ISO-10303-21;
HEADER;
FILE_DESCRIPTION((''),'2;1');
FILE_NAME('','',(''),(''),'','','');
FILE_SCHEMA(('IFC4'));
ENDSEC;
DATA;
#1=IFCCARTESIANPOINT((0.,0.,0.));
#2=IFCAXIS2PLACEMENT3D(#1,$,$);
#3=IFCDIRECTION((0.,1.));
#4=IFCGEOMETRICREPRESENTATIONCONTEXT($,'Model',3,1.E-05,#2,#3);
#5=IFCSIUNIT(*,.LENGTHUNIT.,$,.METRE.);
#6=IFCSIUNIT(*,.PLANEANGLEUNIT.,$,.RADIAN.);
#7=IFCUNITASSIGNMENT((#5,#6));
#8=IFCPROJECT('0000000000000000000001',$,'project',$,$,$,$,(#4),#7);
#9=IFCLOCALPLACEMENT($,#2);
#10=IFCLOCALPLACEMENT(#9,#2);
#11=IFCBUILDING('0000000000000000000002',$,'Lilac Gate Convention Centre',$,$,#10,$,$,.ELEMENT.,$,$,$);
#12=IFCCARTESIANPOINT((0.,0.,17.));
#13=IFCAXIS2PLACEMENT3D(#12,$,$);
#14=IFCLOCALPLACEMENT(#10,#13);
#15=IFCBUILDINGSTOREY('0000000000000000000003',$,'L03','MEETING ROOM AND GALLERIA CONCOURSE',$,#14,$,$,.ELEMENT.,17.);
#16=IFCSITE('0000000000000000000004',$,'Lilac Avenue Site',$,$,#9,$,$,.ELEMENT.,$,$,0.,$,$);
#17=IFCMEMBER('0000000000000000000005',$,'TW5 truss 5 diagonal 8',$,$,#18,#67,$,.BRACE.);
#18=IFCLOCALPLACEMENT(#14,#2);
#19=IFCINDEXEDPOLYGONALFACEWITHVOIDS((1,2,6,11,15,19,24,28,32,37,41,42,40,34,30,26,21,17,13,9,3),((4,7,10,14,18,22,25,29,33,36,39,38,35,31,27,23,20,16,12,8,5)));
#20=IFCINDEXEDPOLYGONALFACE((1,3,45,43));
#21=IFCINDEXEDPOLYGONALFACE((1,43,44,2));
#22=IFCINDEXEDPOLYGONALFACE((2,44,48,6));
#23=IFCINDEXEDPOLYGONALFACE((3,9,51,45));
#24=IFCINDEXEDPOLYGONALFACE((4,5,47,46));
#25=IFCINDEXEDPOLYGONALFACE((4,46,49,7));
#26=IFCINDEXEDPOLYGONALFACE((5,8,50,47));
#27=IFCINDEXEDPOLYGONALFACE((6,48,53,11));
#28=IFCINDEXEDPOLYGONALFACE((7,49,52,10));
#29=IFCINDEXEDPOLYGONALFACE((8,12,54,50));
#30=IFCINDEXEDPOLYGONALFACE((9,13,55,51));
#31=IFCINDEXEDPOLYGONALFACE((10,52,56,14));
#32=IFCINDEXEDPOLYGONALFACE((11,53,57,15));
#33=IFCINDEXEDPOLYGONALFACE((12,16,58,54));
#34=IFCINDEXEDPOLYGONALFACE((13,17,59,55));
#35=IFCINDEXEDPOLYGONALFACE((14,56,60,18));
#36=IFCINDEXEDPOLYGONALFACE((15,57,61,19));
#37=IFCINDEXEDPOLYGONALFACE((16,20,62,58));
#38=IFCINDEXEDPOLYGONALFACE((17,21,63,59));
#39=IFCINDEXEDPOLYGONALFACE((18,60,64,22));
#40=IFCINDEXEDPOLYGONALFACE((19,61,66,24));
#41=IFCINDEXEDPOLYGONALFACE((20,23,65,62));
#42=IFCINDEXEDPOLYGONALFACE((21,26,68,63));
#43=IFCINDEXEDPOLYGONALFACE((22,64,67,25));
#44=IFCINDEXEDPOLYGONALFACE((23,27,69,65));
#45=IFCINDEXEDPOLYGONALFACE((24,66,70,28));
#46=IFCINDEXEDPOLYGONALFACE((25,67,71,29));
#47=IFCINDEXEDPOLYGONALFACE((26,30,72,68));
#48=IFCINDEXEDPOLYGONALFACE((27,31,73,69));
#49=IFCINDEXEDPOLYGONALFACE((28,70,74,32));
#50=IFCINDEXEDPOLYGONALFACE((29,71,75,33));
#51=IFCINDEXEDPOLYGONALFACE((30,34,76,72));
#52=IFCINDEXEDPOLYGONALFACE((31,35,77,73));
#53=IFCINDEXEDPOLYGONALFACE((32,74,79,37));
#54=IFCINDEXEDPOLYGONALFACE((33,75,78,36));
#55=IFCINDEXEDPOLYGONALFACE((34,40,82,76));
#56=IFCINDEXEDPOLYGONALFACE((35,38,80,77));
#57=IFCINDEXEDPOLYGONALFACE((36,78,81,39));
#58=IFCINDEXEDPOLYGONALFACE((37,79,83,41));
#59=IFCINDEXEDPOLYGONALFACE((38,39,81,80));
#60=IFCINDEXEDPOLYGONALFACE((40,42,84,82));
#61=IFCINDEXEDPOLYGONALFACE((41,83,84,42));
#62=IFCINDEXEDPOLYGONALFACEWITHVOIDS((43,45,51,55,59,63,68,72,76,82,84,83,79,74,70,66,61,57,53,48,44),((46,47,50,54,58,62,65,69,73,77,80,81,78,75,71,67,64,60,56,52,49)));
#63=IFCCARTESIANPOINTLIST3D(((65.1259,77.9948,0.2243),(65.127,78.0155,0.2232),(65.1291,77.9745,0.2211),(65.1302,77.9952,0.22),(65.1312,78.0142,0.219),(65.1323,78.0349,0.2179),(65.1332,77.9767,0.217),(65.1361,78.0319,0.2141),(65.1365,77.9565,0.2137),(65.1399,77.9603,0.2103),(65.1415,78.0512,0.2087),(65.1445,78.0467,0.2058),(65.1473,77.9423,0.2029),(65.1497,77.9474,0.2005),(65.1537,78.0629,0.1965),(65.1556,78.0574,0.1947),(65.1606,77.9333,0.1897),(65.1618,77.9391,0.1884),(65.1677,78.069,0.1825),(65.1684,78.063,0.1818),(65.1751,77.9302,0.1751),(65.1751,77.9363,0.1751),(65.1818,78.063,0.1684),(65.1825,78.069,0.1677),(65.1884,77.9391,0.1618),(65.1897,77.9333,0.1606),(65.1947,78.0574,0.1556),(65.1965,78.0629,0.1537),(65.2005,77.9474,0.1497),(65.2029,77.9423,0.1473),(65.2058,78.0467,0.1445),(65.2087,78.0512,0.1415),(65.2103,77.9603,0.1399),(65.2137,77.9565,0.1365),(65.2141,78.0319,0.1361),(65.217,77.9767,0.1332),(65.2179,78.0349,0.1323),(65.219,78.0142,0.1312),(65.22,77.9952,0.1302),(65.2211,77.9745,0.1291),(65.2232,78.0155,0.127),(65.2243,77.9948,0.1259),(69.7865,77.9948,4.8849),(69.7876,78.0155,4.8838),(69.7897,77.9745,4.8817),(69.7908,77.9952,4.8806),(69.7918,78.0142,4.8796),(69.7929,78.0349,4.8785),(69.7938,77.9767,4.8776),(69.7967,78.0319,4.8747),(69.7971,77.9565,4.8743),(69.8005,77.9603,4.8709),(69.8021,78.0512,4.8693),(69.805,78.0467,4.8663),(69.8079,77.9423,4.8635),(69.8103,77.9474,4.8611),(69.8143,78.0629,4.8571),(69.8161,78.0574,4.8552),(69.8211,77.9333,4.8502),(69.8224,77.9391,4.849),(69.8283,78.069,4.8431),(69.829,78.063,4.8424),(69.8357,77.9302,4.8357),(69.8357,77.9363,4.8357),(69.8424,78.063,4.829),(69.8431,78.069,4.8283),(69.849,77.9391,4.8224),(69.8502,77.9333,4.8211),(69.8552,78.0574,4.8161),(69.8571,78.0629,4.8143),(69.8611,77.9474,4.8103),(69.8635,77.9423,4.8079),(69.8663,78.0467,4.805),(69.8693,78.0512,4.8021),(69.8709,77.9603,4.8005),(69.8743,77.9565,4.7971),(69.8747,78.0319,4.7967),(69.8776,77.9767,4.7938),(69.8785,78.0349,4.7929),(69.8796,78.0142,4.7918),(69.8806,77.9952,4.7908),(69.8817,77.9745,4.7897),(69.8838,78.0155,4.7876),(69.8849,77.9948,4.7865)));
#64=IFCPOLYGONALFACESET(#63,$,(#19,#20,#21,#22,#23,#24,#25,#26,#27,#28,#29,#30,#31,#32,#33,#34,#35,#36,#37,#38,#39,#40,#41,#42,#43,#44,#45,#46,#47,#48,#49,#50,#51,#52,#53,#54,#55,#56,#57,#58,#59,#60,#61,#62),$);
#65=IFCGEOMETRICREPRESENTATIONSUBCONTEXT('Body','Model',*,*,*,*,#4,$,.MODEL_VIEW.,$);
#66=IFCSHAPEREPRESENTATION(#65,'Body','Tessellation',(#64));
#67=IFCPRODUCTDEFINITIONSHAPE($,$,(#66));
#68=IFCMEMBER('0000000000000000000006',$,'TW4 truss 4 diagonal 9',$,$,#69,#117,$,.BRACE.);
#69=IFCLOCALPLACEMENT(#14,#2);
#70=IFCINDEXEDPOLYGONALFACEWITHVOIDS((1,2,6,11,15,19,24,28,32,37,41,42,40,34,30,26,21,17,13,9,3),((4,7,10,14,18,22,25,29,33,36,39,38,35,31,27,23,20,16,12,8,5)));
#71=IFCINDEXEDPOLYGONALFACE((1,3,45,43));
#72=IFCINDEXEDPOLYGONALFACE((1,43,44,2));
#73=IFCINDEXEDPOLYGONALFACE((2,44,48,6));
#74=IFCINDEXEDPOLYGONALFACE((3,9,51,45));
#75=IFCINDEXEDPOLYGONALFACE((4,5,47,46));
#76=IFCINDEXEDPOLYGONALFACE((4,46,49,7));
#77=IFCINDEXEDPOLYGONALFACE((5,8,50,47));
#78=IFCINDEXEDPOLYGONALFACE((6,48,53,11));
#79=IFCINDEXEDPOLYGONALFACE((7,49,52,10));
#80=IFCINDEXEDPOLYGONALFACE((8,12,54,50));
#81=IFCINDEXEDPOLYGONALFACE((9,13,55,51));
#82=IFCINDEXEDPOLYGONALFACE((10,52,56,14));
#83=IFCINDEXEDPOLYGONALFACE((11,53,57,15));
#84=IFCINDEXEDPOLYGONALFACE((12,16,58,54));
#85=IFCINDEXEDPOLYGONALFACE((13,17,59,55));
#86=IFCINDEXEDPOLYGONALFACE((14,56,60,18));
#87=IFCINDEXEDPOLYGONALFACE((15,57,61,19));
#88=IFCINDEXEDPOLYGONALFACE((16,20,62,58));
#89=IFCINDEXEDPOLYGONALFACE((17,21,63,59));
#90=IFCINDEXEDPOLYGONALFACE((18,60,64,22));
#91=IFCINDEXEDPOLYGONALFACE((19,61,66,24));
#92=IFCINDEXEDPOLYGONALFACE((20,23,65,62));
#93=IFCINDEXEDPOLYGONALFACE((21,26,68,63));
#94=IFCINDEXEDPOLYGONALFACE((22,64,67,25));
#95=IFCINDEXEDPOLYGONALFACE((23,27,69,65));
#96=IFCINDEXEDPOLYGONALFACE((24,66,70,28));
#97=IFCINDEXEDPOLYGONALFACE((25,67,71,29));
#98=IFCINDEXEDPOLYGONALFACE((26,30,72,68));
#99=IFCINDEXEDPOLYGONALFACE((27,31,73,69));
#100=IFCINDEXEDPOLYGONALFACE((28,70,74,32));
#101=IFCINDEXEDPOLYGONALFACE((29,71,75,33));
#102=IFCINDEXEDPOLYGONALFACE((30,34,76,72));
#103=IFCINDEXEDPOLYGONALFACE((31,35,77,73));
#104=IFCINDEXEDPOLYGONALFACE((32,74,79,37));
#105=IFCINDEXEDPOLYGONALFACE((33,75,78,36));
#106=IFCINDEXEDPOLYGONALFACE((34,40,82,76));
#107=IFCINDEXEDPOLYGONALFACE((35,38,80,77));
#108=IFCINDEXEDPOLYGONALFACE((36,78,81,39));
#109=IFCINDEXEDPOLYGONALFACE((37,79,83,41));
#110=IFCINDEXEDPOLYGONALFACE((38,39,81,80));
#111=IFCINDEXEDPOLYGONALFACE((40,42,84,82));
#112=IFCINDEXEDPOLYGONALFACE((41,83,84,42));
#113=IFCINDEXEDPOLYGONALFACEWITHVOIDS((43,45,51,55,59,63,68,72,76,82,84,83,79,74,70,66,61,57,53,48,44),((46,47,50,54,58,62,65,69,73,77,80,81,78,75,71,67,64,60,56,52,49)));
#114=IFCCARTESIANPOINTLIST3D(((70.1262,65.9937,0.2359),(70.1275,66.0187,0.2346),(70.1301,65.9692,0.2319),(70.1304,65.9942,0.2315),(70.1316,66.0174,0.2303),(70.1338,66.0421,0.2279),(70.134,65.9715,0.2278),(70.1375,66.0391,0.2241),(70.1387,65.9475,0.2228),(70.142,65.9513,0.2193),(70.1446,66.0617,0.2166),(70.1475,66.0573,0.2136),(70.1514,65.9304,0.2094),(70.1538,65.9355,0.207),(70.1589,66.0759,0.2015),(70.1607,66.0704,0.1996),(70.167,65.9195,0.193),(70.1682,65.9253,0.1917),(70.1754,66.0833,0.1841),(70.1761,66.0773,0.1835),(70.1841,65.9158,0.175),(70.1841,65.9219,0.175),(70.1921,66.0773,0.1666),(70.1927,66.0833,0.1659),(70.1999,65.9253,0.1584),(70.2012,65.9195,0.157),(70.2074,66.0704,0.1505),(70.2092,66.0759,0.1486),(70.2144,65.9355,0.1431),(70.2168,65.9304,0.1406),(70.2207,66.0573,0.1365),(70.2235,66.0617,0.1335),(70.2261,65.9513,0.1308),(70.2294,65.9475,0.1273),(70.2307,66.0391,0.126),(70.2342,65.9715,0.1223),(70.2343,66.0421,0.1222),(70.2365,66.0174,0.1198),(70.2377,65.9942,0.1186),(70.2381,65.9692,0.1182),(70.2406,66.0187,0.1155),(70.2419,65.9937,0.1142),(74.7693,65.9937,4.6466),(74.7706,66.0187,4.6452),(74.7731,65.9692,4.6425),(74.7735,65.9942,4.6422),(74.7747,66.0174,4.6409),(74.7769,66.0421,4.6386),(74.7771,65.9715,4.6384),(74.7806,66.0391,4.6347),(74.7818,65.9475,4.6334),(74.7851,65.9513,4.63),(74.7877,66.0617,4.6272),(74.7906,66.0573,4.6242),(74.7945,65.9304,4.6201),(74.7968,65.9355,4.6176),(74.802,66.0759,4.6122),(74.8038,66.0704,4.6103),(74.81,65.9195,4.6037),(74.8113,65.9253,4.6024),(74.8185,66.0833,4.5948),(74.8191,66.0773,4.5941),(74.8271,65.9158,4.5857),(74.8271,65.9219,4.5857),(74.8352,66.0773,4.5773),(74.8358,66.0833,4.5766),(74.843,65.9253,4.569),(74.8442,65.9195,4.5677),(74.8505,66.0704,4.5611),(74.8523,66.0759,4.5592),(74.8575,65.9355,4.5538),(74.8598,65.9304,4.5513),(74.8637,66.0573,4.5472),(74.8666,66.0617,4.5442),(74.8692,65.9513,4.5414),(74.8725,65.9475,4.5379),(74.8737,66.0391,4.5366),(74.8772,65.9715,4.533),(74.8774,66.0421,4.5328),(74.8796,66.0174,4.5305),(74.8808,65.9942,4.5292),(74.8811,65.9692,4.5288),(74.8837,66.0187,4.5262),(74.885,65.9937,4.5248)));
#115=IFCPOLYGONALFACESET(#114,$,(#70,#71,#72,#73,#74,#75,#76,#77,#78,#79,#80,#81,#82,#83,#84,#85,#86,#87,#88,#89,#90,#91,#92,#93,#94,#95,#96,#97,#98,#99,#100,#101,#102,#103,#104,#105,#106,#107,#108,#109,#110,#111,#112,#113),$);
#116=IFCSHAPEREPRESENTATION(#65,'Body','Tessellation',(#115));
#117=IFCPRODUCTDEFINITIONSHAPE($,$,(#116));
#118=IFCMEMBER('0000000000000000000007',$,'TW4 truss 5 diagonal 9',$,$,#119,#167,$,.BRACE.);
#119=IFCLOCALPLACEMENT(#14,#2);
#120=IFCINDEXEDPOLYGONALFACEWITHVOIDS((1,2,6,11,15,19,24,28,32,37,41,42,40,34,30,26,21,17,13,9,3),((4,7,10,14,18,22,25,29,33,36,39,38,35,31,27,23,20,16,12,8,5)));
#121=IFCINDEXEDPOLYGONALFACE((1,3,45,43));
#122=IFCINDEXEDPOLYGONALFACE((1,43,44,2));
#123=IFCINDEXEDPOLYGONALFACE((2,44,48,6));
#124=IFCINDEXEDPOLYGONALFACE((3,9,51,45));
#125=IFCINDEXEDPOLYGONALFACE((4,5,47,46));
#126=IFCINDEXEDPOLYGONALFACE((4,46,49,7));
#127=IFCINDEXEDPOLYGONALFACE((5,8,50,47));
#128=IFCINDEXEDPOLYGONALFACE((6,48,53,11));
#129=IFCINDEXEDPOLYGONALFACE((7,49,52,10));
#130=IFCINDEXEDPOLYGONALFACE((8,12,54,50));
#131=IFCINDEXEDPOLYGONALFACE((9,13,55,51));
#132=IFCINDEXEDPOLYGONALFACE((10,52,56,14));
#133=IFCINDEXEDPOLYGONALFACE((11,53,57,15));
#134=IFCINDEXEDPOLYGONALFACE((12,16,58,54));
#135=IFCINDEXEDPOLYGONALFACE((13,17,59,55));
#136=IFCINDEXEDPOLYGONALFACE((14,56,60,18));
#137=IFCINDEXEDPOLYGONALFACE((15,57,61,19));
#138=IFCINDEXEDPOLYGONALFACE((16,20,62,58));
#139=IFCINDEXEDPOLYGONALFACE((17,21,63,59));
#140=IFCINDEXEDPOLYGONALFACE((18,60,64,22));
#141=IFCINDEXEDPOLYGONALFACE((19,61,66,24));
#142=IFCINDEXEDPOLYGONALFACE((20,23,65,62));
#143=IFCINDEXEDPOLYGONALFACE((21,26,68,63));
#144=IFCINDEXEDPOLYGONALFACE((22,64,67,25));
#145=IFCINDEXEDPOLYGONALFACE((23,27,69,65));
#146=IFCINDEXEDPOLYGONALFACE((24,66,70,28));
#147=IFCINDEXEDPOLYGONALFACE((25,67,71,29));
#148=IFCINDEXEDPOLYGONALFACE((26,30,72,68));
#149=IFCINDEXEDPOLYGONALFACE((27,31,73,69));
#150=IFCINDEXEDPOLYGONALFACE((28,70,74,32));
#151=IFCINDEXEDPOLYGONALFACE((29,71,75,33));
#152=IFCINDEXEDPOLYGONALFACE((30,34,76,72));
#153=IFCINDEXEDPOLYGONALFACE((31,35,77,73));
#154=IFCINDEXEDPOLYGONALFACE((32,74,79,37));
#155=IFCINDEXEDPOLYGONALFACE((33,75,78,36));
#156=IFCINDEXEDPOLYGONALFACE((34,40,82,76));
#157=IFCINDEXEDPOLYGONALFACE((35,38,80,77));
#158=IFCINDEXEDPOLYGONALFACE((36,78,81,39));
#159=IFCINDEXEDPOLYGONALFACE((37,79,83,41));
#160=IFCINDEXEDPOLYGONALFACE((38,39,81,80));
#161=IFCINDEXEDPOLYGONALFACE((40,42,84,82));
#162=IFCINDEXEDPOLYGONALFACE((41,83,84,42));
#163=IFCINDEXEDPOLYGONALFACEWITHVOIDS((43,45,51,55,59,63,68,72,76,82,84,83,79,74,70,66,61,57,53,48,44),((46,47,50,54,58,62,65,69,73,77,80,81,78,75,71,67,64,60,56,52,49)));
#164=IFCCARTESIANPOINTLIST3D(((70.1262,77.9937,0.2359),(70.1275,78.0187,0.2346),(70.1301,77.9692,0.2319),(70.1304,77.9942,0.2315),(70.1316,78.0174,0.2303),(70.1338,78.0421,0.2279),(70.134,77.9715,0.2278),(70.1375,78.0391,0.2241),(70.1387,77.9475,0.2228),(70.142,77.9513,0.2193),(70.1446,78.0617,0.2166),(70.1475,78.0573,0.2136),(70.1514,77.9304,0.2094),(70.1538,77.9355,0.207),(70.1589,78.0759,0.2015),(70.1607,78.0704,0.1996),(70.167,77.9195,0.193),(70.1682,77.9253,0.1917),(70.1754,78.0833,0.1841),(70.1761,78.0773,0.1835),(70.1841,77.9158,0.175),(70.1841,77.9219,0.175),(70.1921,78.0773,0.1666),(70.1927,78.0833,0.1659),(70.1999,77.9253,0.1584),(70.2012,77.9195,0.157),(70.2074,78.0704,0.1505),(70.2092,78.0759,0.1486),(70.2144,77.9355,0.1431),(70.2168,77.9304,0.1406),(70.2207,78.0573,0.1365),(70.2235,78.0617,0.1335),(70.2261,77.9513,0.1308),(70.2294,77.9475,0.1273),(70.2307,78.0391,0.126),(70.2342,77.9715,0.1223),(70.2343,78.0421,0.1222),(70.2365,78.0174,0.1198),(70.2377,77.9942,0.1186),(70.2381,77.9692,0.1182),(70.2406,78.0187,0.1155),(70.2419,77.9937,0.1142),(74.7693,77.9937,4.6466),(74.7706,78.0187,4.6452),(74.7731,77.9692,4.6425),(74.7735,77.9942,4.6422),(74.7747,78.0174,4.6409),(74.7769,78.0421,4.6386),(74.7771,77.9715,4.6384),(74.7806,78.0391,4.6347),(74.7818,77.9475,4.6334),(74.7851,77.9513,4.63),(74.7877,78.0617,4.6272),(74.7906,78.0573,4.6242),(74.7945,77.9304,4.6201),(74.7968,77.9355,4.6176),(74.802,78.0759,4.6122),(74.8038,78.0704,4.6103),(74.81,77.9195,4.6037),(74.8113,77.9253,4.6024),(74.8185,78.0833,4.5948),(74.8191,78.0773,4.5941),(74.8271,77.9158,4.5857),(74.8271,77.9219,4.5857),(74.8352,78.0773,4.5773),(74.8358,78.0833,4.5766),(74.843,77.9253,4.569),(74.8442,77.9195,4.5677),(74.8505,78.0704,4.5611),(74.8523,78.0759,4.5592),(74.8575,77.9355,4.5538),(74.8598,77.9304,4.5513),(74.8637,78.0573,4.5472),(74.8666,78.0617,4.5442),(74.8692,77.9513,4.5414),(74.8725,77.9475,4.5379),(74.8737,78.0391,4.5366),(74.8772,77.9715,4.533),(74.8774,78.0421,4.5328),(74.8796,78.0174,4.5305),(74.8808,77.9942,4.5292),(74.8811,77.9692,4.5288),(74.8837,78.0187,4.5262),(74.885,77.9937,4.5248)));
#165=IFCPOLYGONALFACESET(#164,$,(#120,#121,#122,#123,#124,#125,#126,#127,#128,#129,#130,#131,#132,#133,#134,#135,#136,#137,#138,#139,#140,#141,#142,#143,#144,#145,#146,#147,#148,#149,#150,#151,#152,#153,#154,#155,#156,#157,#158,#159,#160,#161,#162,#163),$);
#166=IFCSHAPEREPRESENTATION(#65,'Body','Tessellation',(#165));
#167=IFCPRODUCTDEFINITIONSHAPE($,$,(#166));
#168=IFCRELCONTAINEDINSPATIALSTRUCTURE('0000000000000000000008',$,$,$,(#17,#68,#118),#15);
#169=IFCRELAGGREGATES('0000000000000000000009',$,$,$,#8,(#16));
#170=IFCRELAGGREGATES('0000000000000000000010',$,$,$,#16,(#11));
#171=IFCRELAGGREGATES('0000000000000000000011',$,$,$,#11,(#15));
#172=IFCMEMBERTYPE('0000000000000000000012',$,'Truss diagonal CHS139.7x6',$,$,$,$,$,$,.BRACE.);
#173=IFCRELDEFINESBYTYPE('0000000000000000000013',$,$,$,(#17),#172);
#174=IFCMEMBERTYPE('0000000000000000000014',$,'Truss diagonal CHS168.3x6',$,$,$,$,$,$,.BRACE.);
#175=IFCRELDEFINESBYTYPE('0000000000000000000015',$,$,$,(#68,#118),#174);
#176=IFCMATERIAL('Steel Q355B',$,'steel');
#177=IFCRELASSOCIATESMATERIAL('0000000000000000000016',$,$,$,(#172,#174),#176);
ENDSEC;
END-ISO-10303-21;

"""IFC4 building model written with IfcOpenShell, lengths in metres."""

from ifc_helpers import new_model, si_unit, direction, frame, origin, origin_2d, place, context, subcontext, project, spatial, hollow_circle, extrude, material, material_profile, profile_set, type_object, element, save


model = new_model("IFC4")

# Units and contexts
model_context = context("Model", 3, precision=1e-05, world=origin(), true_north=direction((0.0, 1.0)))
body_context = subcontext(model_context, "Body", "Model", "MODEL_VIEW")
ifc_project = project(units=[si_unit("LENGTHUNIT", "METRE"), si_unit("PLANEANGLEUNIT", "RADIAN")], contexts=[model_context])

# Site, building, storey
site_placement = place(None, origin())
site = spatial("IfcSite", under=ifc_project, at=site_placement, Name="Lilac Avenue Site", CompositionType="ELEMENT", RefElevation=0.0)
building_placement = place(site_placement, origin())
building = spatial("IfcBuilding", under=site, at=building_placement, Name="Lilac Gate Convention Centre", CompositionType="ELEMENT")
storey_placement = place(building_placement, frame((0.0, 0.0, 17.0)))
storey = spatial("IfcBuildingStorey", under=building, at=storey_placement, Name="L03", Description="MEETING ROOM AND GALLERIA CONCOURSE", CompositionType="ELEMENT", Elevation=17.0)

# Members
ifc_material = material(Name="Steel Q355B", Category="steel")
ifc_material_profile_1 = material_profile(ifc_material, hollow_circle(Radius=0.0698, WallThickness=0.0061, at=origin_2d()), Name="CHS139.7x6")
ifc_profile_set_1 = profile_set([ifc_material_profile_1], Name="Steel Q355B")
member_type_1 = type_object("IfcMemberType", Name="Truss diagonal CHS139.7x6", PredefinedType="BRACE", material=ifc_profile_set_1)
member_1_placement = place(storey_placement, frame((69.8357, 78.0, 4.8357), z_axis=(-0.707107, 0.0, -0.707107), x_axis=(0.0, -1.0, 0.0)))
element("IfcMember", 1, at=member_1_placement, inside=storey, type_object=member_type_1, Name="TW5 truss 5 diagonal 8", PredefinedType="BRACE", context=body_context, shape_type="SweptSolid", body=[
    extrude(hollow_circle(Radius=0.0698, WallThickness=0.0061, at=origin_2d()), origin(), (0.0, 0.0, 1.0), 6.5911),
])
ifc_material_profile_2 = material_profile(ifc_material, hollow_circle(Radius=0.0842, WallThickness=0.0061, at=origin_2d()), Name="CHS168.3x6")
ifc_profile_set_2 = profile_set([ifc_material_profile_2], Name="Steel Q355B")
member_type_2 = type_object("IfcMemberType", Name="Truss diagonal CHS168.3x6", PredefinedType="BRACE", material=ifc_profile_set_2)
for number, where, z_axis, x_axis, name in (
    (2, (74.8271, 66.0, 4.5857), (-0.72502, 0.0, -0.688727), (0.0, -1.0, 0.0), "TW4 truss 4 diagonal 9"),
    (3, (74.8271, 78.0, 4.5857), (-0.72502, 0.0, -0.688727), (0.0, -1.0, 0.0), "TW4 truss 5 diagonal 9"),
):
    element("IfcMember", number, at=place(storey_placement, frame(where, z_axis=z_axis, x_axis=x_axis)), inside=storey, type_object=member_type_2, Name=name, PredefinedType="BRACE", context=body_context, shape_type="SweptSolid", body=[
        extrude(hollow_circle(Radius=0.0842, WallThickness=0.0061, at=origin_2d()), origin(), (0.0, 0.0, 1.0), 6.4041),
    ])

save(model, "model.ifc")
